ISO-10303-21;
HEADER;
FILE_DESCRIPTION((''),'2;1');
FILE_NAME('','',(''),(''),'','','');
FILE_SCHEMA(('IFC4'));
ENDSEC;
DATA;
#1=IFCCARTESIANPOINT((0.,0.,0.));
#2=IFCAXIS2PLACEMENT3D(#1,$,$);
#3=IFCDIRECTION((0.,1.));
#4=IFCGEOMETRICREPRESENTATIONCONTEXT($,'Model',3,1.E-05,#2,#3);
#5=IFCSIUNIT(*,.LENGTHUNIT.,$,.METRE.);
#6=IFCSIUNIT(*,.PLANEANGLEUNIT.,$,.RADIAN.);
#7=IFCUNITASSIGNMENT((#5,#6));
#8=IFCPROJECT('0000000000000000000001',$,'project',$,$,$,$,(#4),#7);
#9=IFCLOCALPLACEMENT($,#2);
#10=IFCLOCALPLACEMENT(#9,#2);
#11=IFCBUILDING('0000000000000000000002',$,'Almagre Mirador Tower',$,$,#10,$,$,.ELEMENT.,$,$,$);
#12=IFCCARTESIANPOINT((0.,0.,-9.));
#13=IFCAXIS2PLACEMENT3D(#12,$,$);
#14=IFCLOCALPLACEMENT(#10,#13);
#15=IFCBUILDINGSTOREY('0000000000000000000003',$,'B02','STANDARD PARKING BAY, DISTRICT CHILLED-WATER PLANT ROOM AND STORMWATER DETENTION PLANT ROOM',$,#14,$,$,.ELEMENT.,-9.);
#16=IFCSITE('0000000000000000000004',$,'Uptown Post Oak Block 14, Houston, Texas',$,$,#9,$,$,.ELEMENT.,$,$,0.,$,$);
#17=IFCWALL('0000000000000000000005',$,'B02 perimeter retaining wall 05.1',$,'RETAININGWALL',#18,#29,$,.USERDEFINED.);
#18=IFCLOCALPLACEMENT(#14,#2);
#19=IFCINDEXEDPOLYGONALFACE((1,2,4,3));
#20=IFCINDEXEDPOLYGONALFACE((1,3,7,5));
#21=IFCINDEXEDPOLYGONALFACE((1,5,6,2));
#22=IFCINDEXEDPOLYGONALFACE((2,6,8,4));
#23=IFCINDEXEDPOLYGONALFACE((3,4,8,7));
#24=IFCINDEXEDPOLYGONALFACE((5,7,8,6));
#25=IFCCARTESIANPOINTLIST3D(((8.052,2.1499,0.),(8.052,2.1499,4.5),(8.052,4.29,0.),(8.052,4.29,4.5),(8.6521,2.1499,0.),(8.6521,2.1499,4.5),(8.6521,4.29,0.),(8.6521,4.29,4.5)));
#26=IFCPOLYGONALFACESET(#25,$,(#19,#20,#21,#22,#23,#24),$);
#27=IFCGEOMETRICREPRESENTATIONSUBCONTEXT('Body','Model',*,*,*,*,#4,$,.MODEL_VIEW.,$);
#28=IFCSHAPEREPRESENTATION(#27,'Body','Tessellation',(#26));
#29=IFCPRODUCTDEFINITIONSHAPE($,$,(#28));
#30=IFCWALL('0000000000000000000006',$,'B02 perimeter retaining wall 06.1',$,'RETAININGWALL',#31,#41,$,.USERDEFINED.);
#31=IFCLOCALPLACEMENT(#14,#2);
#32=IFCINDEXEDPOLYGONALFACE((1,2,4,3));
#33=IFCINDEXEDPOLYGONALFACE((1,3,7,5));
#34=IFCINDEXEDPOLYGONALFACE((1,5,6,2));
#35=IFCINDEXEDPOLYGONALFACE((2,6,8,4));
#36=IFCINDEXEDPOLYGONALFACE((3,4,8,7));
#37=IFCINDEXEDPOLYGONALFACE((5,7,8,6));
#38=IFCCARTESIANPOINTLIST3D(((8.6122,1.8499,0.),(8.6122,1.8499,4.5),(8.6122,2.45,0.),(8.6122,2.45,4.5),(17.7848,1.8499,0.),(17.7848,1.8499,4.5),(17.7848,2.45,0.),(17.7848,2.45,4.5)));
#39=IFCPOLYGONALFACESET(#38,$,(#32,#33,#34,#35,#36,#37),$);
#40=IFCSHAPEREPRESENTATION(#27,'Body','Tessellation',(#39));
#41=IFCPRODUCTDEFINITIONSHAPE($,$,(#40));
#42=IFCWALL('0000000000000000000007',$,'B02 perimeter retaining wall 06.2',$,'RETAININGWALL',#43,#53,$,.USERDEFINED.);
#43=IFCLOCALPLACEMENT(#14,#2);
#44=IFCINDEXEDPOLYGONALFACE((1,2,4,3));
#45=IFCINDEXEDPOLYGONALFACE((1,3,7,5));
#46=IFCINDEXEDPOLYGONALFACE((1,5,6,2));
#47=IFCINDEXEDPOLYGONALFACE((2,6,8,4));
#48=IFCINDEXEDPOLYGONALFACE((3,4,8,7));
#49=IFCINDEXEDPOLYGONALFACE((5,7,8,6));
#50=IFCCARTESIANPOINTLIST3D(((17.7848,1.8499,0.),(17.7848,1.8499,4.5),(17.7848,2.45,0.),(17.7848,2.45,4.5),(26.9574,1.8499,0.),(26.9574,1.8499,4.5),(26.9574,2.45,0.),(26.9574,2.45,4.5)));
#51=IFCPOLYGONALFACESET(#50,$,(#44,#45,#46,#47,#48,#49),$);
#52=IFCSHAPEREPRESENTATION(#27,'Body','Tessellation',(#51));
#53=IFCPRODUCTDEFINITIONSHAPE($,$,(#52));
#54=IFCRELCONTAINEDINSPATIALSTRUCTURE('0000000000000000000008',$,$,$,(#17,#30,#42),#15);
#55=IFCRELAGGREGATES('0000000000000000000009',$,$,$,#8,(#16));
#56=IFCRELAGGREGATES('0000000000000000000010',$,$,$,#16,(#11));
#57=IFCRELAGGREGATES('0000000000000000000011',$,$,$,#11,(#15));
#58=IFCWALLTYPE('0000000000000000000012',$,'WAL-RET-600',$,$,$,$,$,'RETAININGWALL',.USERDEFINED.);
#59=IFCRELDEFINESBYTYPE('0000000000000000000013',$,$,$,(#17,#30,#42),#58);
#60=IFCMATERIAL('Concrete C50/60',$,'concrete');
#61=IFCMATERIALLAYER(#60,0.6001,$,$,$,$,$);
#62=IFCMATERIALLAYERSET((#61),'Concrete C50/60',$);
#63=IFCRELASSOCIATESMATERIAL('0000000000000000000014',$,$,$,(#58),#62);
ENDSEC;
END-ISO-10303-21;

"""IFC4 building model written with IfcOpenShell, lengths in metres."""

from ifc_helpers import new_model, si_unit, direction, frame, frame_2d, origin, place, context, subcontext, project, spatial, rectangle, extrude, material, layer, layer_set, type_object, element, save


model = new_model("IFC4")

# Units and contexts
model_context = context("Model", 3, precision=1e-05, world=origin(), true_north=direction((0.0, 1.0)))
body_context = subcontext(model_context, "Body", "Model", "MODEL_VIEW")
ifc_project = project(units=[si_unit("LENGTHUNIT", "METRE"), si_unit("PLANEANGLEUNIT", "RADIAN")], contexts=[model_context])

# Site, building, storey
site_placement = place(None, origin())
site = spatial("IfcSite", under=ifc_project, at=site_placement, Name="Uptown Post Oak Block 14, Houston, Texas", CompositionType="ELEMENT", RefElevation=0.0)
building_placement = place(site_placement, origin())
building = spatial("IfcBuilding", under=site, at=building_placement, Name="Almagre Mirador Tower", CompositionType="ELEMENT")
storey_placement = place(building_placement, frame((0.0, 0.0, -9.0)))
storey = spatial("IfcBuildingStorey", under=building, at=storey_placement, Name="B02", Description="STANDARD PARKING BAY, DISTRICT CHILLED-WATER PLANT ROOM AND STORMWATER DETENTION PLANT ROOM", CompositionType="ELEMENT", Elevation=-9.0)

# Walls
ifc_material_1 = material(Name="Concrete C50/60", Category="concrete")
ifc_layer_1 = layer(ifc_material_1, 0.6001)
ifc_layer_set_1 = layer_set([ifc_layer_1], Name="Concrete C50/60")
wall_type_1 = type_object("IfcWallType", Name="WAL-RET-600", ElementType="RETAININGWALL", PredefinedType="USERDEFINED", material=ifc_layer_set_1)
wall_1_placement = place(storey_placement, frame((8.3521, 4.29, 0.0), z_axis=(0.0, 0.0, 1.0), x_axis=(0.0, -1.0, 0.0)))
element("IfcWall", 1, at=wall_1_placement, inside=storey, type_object=wall_type_1, Name="B02 perimeter retaining wall 05.1", ObjectType="RETAININGWALL", PredefinedType="USERDEFINED", context=body_context, shape_type="SweptSolid", body=[
    extrude(rectangle(XDim=2.1401, YDim=0.6001, at=frame_2d((1.0701, 0.0))), origin(), (0.0, 0.0, 1.0), 4.5),
])
for number, where, z_axis, x_axis, name in (
    (2, (8.6121, 2.1499, 0.0), (0.0, 0.0, 1.0), (1.0, 0.0, 0.0), "B02 perimeter retaining wall 06.1"),
    (3, (17.7847, 2.1499, 0.0), (0.0, 0.0, 1.0), (1.0, 0.0, 0.0), "B02 perimeter retaining wall 06.2"),
):
    element("IfcWall", number, at=place(storey_placement, frame(where, z_axis=z_axis, x_axis=x_axis)), inside=storey, type_object=wall_type_1, Name=name, ObjectType="RETAININGWALL", PredefinedType="USERDEFINED", context=body_context, shape_type="SweptSolid", body=[
        extrude(rectangle(XDim=9.1726, YDim=0.6001, at=frame_2d((4.5864, 0.0))), origin(), (0.0, 0.0, 1.0), 4.5),
    ])

save(model, "model.ifc")
